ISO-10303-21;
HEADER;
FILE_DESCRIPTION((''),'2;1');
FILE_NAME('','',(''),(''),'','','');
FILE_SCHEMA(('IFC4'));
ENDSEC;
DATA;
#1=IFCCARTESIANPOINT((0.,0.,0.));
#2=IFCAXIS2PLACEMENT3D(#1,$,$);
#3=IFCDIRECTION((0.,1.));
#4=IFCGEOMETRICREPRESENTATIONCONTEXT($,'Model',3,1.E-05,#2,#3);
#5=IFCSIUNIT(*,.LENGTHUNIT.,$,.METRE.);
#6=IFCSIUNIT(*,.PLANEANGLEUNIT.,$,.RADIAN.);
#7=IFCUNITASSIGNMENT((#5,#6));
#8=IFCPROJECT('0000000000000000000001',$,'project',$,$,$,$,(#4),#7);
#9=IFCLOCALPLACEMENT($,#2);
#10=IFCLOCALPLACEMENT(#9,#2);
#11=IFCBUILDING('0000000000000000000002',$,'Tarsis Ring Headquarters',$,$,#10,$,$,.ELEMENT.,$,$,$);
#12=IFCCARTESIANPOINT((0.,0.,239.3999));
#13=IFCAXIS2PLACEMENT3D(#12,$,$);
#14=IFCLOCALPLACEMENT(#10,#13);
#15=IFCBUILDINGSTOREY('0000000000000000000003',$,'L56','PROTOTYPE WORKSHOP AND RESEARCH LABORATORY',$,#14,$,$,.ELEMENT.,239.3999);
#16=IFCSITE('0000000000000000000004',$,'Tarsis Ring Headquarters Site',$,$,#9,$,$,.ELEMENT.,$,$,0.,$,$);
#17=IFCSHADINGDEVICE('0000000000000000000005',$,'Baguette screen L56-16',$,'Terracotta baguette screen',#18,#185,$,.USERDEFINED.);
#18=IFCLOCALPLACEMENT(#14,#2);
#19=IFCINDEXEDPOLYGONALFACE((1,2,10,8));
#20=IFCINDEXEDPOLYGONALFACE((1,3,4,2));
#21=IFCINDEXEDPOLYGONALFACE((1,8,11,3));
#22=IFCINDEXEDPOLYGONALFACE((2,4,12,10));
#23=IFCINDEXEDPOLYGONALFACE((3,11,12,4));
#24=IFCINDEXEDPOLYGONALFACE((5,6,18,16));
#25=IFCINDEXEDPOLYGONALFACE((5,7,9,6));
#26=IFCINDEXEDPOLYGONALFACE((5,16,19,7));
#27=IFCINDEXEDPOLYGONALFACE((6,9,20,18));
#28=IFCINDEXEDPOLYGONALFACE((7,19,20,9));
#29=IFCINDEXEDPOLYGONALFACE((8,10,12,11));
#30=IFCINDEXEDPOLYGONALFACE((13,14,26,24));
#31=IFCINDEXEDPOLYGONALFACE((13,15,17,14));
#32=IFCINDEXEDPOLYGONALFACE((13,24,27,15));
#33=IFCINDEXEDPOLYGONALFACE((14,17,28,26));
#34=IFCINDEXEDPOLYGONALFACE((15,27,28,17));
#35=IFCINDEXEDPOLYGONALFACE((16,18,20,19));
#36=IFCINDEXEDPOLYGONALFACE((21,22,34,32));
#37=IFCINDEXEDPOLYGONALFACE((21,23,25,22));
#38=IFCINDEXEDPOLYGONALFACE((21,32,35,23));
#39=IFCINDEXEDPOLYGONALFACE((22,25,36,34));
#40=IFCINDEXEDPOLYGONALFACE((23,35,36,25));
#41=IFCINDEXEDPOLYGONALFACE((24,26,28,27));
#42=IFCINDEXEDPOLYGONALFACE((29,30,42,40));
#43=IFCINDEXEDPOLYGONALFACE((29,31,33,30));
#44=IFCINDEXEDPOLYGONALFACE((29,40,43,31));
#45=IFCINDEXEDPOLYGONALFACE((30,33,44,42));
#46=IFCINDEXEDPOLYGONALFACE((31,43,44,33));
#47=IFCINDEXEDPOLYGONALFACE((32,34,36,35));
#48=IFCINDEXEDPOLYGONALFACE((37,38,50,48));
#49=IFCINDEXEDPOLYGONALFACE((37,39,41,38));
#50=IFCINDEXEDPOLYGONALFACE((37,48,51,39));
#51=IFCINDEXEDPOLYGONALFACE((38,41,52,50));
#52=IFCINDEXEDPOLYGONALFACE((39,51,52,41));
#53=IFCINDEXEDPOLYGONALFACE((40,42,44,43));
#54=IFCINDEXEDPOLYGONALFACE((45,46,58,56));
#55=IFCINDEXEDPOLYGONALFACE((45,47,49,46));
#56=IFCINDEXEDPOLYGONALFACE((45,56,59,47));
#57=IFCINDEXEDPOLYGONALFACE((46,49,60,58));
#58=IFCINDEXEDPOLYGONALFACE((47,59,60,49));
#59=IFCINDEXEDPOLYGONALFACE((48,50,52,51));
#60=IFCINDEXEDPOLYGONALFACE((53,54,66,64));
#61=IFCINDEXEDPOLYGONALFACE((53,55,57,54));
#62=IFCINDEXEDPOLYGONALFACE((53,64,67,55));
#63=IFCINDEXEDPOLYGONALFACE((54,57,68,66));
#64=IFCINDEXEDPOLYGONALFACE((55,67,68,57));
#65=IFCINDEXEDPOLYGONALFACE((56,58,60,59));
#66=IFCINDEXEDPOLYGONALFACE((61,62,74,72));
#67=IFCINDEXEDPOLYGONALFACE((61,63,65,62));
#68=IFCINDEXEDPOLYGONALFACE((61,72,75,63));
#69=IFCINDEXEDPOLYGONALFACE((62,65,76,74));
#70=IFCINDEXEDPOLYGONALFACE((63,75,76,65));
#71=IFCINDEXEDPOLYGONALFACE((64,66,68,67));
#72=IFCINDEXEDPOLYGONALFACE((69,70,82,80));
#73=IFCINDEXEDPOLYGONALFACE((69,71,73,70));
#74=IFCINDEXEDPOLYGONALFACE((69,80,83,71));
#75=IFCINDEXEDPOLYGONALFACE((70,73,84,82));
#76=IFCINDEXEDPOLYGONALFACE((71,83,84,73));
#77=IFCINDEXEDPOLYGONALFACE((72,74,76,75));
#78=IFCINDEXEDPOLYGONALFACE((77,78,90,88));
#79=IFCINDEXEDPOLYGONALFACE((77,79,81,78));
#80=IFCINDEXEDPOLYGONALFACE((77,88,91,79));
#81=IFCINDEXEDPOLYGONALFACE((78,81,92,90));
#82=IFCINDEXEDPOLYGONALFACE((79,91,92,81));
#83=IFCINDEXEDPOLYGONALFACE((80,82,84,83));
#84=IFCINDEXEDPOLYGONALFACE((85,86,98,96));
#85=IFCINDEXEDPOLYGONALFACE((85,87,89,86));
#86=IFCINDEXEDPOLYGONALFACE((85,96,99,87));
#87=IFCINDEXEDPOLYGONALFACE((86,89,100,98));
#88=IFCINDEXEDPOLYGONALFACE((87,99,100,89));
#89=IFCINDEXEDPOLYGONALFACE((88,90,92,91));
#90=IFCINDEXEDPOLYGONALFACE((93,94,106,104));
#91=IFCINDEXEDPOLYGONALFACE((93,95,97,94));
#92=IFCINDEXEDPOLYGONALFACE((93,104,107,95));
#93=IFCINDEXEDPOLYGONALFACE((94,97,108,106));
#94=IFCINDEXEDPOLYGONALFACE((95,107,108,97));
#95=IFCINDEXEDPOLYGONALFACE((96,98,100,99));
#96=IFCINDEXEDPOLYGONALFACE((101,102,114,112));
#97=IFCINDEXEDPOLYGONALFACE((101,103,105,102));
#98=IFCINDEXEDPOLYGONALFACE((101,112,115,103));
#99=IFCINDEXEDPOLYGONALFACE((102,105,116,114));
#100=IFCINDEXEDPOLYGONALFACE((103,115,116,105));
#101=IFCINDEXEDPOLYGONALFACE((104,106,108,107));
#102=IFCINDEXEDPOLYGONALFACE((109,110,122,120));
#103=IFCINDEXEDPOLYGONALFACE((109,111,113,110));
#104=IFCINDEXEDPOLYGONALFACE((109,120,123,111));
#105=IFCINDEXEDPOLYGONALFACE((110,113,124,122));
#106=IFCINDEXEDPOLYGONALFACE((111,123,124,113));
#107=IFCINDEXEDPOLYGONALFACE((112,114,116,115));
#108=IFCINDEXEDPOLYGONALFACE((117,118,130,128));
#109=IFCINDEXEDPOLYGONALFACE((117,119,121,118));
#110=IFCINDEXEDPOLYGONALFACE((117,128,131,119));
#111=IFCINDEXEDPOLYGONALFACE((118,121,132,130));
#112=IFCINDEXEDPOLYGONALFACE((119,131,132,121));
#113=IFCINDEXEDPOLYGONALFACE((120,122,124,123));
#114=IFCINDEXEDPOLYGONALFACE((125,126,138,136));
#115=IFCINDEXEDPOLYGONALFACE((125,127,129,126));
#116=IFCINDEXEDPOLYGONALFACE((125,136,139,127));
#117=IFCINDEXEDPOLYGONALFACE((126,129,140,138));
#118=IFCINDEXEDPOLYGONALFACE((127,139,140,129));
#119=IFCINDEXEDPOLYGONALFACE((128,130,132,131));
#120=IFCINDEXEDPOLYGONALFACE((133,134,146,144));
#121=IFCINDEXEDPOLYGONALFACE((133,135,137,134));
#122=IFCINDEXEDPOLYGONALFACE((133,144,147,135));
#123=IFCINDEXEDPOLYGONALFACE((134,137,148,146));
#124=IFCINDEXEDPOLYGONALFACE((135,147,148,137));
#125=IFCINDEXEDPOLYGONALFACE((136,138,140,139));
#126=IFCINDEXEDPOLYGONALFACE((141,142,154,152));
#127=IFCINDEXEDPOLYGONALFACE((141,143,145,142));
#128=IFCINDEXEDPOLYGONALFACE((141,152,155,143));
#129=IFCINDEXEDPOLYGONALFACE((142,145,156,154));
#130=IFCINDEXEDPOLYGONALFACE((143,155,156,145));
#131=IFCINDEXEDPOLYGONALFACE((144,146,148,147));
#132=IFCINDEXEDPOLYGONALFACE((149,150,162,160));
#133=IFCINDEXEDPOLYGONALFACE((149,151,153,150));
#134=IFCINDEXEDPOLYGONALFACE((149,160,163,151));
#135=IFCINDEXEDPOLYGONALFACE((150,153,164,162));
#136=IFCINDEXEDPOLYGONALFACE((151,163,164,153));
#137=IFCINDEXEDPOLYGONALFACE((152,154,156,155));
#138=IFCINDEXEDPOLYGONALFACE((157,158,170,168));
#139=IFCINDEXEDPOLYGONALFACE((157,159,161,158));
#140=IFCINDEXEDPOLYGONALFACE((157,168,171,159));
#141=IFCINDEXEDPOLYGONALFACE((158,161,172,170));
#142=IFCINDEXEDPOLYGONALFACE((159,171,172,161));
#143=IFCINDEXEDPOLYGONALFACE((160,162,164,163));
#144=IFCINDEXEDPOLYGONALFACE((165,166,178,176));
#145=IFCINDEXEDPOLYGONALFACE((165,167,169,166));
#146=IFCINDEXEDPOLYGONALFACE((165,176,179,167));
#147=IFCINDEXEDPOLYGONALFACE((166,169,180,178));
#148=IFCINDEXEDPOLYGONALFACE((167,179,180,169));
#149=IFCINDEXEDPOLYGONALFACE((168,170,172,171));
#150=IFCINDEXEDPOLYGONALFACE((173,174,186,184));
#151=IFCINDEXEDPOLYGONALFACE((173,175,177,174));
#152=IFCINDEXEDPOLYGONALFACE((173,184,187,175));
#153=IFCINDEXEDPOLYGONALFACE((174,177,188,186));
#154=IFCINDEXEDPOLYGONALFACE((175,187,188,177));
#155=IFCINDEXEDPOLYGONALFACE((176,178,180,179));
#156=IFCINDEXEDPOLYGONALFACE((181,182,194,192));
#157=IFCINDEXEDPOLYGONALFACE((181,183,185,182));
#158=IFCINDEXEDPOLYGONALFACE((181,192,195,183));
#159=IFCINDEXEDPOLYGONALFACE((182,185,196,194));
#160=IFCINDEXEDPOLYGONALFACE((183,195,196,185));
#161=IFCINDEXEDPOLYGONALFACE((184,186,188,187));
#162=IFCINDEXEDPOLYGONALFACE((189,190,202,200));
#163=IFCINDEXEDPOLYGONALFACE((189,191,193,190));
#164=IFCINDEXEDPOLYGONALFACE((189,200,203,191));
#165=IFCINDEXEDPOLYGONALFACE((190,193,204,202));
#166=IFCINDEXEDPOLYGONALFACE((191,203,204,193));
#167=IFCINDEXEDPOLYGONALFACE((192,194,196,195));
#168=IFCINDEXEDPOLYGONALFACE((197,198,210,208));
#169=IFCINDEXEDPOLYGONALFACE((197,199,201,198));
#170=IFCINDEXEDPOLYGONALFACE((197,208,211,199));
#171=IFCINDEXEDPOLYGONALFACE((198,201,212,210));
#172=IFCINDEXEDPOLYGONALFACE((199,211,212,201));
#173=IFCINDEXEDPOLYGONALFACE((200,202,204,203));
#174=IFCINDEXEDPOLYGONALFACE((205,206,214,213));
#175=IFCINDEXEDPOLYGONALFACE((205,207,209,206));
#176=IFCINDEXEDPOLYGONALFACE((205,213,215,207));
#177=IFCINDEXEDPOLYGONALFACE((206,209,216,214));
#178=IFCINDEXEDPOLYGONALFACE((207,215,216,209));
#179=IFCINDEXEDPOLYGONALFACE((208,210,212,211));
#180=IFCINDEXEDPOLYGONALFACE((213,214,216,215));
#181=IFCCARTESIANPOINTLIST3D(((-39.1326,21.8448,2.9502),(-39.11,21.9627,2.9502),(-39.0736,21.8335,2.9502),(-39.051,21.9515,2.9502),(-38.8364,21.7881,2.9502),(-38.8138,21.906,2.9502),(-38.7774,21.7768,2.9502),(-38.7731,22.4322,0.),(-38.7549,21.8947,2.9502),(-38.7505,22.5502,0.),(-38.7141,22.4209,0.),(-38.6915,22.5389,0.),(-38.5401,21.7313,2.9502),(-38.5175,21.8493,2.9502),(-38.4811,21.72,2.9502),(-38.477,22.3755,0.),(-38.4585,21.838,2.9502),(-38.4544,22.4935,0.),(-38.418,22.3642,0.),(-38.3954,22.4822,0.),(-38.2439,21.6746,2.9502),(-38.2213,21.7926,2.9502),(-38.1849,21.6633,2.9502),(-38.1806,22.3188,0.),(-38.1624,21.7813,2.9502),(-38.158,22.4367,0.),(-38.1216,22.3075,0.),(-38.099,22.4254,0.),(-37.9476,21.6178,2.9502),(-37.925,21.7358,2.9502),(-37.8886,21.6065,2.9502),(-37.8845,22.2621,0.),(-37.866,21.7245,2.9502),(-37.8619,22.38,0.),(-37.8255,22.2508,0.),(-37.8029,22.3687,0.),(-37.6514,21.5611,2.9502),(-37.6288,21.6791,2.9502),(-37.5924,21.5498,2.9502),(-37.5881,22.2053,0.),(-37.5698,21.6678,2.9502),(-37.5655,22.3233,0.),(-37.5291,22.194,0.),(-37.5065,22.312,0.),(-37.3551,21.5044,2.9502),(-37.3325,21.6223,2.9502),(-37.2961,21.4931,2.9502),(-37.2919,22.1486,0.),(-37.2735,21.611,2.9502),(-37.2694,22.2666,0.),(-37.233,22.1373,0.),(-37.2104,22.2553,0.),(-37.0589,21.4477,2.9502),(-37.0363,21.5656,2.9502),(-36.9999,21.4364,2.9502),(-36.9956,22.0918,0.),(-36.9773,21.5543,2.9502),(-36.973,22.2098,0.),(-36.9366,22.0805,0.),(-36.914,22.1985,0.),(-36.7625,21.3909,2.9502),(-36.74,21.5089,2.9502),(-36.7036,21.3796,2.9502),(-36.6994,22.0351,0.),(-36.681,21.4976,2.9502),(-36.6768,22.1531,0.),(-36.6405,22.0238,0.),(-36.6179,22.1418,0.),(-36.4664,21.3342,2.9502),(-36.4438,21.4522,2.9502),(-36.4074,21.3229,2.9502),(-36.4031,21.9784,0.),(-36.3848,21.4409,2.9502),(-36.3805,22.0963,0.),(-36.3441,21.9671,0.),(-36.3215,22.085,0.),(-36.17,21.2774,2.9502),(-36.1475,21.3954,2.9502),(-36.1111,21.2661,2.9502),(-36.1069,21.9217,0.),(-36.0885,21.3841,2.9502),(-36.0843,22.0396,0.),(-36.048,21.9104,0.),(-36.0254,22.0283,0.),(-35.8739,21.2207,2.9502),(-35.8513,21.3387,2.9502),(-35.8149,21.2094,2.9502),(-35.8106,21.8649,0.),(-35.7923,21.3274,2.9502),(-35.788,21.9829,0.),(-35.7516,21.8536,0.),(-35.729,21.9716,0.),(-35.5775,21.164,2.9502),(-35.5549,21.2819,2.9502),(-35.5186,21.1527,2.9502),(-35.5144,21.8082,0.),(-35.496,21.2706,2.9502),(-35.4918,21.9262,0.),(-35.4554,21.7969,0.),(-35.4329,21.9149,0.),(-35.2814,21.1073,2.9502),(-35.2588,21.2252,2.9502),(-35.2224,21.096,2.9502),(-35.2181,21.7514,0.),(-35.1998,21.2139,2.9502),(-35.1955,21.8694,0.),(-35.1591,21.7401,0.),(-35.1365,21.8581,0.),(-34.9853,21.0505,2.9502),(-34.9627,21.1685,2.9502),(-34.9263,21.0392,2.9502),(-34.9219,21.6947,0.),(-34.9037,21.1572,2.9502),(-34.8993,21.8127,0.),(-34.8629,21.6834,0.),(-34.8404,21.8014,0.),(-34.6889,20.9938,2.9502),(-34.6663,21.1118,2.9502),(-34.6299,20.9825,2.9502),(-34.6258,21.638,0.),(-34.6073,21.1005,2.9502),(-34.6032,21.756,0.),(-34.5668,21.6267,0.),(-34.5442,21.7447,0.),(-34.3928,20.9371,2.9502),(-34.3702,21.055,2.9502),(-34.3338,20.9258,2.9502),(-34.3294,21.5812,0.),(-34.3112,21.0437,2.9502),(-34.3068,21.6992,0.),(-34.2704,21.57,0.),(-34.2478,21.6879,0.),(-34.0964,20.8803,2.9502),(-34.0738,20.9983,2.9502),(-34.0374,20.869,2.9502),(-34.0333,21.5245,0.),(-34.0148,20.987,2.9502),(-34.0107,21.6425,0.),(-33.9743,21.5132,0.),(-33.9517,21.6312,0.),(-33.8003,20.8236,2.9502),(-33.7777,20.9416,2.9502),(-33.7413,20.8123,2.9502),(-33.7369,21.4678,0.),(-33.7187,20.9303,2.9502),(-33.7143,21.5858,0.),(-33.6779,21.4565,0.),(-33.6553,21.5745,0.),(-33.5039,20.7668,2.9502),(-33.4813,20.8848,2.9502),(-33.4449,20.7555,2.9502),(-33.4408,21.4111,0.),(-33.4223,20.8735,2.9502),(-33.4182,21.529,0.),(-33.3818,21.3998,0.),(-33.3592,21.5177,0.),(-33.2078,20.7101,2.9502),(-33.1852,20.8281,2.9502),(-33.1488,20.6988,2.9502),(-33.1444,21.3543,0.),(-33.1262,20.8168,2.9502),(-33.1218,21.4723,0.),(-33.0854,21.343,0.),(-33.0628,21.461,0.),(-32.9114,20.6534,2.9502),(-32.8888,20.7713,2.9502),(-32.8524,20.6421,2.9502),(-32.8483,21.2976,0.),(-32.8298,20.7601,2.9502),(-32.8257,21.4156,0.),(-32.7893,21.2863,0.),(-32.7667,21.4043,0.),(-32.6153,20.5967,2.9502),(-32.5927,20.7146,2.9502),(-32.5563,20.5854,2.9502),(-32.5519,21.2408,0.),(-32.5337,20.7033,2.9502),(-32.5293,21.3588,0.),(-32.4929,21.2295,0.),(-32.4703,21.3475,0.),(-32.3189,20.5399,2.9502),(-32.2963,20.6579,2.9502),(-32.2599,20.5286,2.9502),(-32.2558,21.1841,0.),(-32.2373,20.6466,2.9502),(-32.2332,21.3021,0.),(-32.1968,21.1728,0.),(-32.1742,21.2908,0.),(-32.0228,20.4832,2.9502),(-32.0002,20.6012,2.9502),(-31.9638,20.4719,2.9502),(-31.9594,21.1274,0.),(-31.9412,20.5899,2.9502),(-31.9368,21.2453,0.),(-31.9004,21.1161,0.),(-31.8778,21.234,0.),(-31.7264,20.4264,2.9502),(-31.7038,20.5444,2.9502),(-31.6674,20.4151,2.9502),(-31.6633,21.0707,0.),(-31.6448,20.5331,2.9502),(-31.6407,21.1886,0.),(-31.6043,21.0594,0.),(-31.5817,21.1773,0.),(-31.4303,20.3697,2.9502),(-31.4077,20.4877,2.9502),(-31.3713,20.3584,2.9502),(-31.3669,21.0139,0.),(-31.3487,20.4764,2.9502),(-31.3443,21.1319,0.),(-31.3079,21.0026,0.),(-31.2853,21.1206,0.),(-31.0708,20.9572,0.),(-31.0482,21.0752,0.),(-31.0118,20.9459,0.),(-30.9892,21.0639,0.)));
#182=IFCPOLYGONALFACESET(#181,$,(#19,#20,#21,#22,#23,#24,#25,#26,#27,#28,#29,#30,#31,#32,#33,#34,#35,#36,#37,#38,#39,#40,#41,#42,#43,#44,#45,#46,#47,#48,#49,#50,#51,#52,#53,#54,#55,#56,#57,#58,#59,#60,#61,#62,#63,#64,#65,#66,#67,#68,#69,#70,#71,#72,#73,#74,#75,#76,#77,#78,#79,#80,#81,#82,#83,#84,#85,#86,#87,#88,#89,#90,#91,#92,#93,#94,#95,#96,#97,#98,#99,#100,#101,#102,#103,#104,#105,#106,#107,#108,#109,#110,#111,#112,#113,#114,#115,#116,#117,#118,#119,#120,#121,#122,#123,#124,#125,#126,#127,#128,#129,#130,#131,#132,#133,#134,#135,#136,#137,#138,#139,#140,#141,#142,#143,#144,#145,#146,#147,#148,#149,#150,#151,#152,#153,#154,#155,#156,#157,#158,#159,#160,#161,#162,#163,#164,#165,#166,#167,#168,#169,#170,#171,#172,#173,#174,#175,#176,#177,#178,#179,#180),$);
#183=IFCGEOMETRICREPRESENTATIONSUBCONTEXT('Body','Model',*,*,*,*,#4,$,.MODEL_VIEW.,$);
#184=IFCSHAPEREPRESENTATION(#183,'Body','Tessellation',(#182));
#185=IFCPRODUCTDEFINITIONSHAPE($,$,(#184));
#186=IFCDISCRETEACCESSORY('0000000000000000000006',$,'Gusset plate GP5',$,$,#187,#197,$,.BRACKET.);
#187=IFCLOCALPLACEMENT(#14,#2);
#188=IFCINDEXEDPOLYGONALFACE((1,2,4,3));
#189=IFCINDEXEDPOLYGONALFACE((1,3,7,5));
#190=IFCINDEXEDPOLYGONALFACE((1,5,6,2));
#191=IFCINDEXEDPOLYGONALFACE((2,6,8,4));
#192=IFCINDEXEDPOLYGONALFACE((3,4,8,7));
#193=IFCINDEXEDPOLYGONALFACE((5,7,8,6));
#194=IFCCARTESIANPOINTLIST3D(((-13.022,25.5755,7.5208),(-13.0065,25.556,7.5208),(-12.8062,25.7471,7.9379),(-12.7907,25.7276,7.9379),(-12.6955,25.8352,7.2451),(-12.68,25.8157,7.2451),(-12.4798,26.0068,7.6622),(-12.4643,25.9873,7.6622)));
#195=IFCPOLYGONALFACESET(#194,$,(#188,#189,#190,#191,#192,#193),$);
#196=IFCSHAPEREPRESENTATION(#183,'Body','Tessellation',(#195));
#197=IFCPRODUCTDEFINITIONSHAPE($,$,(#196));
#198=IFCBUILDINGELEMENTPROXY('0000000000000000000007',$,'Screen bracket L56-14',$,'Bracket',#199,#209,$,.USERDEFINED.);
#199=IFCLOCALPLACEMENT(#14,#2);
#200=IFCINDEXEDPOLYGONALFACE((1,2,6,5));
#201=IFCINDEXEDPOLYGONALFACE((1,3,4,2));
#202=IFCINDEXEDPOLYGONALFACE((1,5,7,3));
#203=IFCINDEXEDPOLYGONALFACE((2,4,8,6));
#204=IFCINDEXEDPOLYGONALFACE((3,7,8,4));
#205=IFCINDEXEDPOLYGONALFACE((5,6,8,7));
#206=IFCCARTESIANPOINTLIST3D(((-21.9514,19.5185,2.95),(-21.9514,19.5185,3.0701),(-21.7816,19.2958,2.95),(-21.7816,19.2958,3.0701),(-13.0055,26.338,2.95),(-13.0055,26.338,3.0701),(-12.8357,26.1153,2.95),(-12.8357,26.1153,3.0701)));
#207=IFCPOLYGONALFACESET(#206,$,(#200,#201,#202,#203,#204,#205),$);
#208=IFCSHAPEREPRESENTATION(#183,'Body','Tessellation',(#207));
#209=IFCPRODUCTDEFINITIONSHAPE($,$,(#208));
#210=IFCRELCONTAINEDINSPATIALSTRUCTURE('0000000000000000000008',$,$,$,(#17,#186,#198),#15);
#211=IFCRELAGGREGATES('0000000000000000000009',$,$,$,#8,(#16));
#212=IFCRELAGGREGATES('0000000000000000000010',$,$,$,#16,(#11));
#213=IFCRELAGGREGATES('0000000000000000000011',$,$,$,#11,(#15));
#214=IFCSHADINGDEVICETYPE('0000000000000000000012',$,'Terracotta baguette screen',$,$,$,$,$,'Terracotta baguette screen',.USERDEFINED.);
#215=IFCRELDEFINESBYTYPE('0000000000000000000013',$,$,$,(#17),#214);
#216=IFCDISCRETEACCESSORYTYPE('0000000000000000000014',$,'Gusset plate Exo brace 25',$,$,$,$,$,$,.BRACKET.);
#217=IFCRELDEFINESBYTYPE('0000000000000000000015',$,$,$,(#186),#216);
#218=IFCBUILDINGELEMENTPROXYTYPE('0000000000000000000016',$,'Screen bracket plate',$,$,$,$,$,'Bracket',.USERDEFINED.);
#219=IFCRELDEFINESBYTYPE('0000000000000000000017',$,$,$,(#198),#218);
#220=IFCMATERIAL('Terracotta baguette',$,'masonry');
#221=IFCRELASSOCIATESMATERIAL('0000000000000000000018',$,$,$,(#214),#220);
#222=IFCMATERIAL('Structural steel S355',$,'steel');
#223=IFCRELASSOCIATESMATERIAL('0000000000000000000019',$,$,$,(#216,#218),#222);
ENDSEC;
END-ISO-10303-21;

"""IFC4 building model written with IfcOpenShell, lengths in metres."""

from ifc_helpers import new_model, si_unit, direction, frame, frame_2d, origin, origin_2d, place, context, subcontext, project, spatial, rectangle, composite_profile, extrude, material, material_profile, profile_set, type_object, element, save


model = new_model("IFC4")

# Units and contexts
model_context = context("Model", 3, precision=1e-05, world=origin(), true_north=direction((0.0, 1.0)))
body_context = subcontext(model_context, "Body", "Model", "MODEL_VIEW")
ifc_project = project(units=[si_unit("LENGTHUNIT", "METRE"), si_unit("PLANEANGLEUNIT", "RADIAN")], contexts=[model_context])

# Site, building, storey
site_placement = place(None, origin())
site = spatial("IfcSite", under=ifc_project, at=site_placement, Name="Tarsis Ring Headquarters Site", CompositionType="ELEMENT", RefElevation=0.0)
building_placement = place(site_placement, origin())
building = spatial("IfcBuilding", under=site, at=building_placement, Name="Tarsis Ring Headquarters", CompositionType="ELEMENT")
storey_placement = place(building_placement, frame((0.0, 0.0, 239.3999)))
storey = spatial("IfcBuildingStorey", under=building, at=storey_placement, Name="L56", Description="PROTOTYPE WORKSHOP AND RESEARCH LABORATORY", CompositionType="ELEMENT", Elevation=239.3999)

# Shared definitions
ifc_material_1 = material(Name="Structural steel S355", Category="steel")

# Shading device
ifc_material_2 = material(Name="Terracotta baguette", Category="masonry")
shading_device_type = type_object("IfcShadingDeviceType", Name="Terracotta baguette screen", ElementType="Terracotta baguette screen", PredefinedType="USERDEFINED", material=ifc_material_2)
shading_device_1_placement = place(storey_placement, frame((-31.0005, 21.0049, 0.0), z_axis=(0.0, 0.0, 1.0), x_axis=(-0.982143, 0.188087, 0.0)))
element("IfcShadingDevice", 1, at=shading_device_1_placement, inside=storey, type_object=shading_device_type, Name="Baguette screen L56-16", ObjectType="Terracotta baguette screen", PredefinedType="USERDEFINED", context=body_context, shape_type="SweptSolid", body=[
    extrude(composite_profile([rectangle(XDim=0.0601, YDim=0.1201, at=frame_2d((0.03, 0.0))), rectangle(XDim=0.0601, YDim=0.1201, at=frame_2d((0.3315, 0.0))), rectangle(XDim=0.0601, YDim=0.1201, at=frame_2d((0.6333, 0.0))), rectangle(XDim=0.0601, YDim=0.1201, at=frame_2d((0.9348, 0.0))), rectangle(XDim=0.0601, YDim=0.1201, at=frame_2d((1.2366, 0.0))), rectangle(XDim=0.0601, YDim=0.1201, at=frame_2d((1.5381, 0.0))), rectangle(XDim=0.0601, YDim=0.1201, at=frame_2d((1.8398, 0.0))), rectangle(XDim=0.0601, YDim=0.1201, at=frame_2d((2.1414, 0.0))), rectangle(XDim=0.0601, YDim=0.1201, at=frame_2d((2.4431, 0.0))), rectangle(XDim=0.0601, YDim=0.1201, at=frame_2d((2.7446, 0.0))), rectangle(XDim=0.0601, YDim=0.1201, at=frame_2d((3.0464, 0.0))), rectangle(XDim=0.0601, YDim=0.1201, at=frame_2d((3.3479, 0.0))), rectangle(XDim=0.0601, YDim=0.1201, at=frame_2d((3.6497, 0.0))), rectangle(XDim=0.0601, YDim=0.1201, at=frame_2d((3.9512, 0.0))), rectangle(XDim=0.0601, YDim=0.1201, at=frame_2d((4.2527, 0.0))), rectangle(XDim=0.0601, YDim=0.1201, at=frame_2d((4.5544, 0.0))), rectangle(XDim=0.0601, YDim=0.1201, at=frame_2d((4.856, 0.0))), rectangle(XDim=0.0601, YDim=0.1201, at=frame_2d((5.1577, 0.0))), rectangle(XDim=0.0601, YDim=0.1201, at=frame_2d((5.4592, 0.0))), rectangle(XDim=0.0601, YDim=0.1201, at=frame_2d((5.761, 0.0))), rectangle(XDim=0.0601, YDim=0.1201, at=frame_2d((6.0625, 0.0))), rectangle(XDim=0.0601, YDim=0.1201, at=frame_2d((6.3643, 0.0))), rectangle(XDim=0.0601, YDim=0.1201, at=frame_2d((6.6658, 0.0))), rectangle(XDim=0.0601, YDim=0.1201, at=frame_2d((6.9675, 0.0))), rectangle(XDim=0.0601, YDim=0.1201, at=frame_2d((7.269, 0.0))), rectangle(XDim=0.0601, YDim=0.1201, at=frame_2d((7.5708, 0.0))), rectangle(XDim=0.0601, YDim=0.1201, at=frame_2d((7.8723, 0.0)))]), origin(), (0.080067, 0.212769, 0.973816), 3.0295),
])

# Discrete accessory
ifc_material_profile_1 = material_profile(ifc_material_1, rectangle(XDim=0.0249, YDim=0.5, at=origin_2d()), Name="PL 25x500")
ifc_profile_set_1 = profile_set([ifc_material_profile_1], Name="Structural steel S355")
discrete_accessory_type = type_object("IfcDiscreteAccessoryType", Name="Gusset plate Exo brace 25", PredefinedType="BRACKET", material=ifc_profile_set_1)
discrete_accessory_placement = place(storey_placement, frame((-12.6353, 25.8672, 7.8), z_axis=(-0.431536, -0.343178, -0.83427), x_axis=(0.622425, -0.782679, 0.0)))
element("IfcDiscreteAccessory", 2, at=discrete_accessory_placement, inside=storey, type_object=discrete_accessory_type, Name="Gusset plate GP5", PredefinedType="BRACKET", context=body_context, shape_type="SweptSolid", body=[
    extrude(rectangle(XDim=0.0249, YDim=0.5, at=origin_2d()), origin(), (0.0, 0.0, 1.0), 0.5),
])

# Building element proxy
building_element_proxy_type = type_object("IfcBuildingElementProxyType", Name="Screen bracket plate", ElementType="Bracket", PredefinedType="USERDEFINED", material=ifc_material_1)
proxy_placement = place(storey_placement, frame((-17.3936, 22.8169, 2.95), z_axis=(0.0, 0.0, 1.0), x_axis=(-0.795275, -0.606248, 0.0)))
element("IfcBuildingElementProxy", 3, at=proxy_placement, inside=storey, type_object=building_element_proxy_type, Name="Screen bracket L56-14", ObjectType="Bracket", PredefinedType="USERDEFINED", context=body_context, shape_type="SweptSolid", body=[
    extrude(rectangle(XDim=11.2488, YDim=0.28, at=origin_2d()), origin(), (0.0, 0.0, 1.0), 0.1201),
])

save(model, "model.ifc")
